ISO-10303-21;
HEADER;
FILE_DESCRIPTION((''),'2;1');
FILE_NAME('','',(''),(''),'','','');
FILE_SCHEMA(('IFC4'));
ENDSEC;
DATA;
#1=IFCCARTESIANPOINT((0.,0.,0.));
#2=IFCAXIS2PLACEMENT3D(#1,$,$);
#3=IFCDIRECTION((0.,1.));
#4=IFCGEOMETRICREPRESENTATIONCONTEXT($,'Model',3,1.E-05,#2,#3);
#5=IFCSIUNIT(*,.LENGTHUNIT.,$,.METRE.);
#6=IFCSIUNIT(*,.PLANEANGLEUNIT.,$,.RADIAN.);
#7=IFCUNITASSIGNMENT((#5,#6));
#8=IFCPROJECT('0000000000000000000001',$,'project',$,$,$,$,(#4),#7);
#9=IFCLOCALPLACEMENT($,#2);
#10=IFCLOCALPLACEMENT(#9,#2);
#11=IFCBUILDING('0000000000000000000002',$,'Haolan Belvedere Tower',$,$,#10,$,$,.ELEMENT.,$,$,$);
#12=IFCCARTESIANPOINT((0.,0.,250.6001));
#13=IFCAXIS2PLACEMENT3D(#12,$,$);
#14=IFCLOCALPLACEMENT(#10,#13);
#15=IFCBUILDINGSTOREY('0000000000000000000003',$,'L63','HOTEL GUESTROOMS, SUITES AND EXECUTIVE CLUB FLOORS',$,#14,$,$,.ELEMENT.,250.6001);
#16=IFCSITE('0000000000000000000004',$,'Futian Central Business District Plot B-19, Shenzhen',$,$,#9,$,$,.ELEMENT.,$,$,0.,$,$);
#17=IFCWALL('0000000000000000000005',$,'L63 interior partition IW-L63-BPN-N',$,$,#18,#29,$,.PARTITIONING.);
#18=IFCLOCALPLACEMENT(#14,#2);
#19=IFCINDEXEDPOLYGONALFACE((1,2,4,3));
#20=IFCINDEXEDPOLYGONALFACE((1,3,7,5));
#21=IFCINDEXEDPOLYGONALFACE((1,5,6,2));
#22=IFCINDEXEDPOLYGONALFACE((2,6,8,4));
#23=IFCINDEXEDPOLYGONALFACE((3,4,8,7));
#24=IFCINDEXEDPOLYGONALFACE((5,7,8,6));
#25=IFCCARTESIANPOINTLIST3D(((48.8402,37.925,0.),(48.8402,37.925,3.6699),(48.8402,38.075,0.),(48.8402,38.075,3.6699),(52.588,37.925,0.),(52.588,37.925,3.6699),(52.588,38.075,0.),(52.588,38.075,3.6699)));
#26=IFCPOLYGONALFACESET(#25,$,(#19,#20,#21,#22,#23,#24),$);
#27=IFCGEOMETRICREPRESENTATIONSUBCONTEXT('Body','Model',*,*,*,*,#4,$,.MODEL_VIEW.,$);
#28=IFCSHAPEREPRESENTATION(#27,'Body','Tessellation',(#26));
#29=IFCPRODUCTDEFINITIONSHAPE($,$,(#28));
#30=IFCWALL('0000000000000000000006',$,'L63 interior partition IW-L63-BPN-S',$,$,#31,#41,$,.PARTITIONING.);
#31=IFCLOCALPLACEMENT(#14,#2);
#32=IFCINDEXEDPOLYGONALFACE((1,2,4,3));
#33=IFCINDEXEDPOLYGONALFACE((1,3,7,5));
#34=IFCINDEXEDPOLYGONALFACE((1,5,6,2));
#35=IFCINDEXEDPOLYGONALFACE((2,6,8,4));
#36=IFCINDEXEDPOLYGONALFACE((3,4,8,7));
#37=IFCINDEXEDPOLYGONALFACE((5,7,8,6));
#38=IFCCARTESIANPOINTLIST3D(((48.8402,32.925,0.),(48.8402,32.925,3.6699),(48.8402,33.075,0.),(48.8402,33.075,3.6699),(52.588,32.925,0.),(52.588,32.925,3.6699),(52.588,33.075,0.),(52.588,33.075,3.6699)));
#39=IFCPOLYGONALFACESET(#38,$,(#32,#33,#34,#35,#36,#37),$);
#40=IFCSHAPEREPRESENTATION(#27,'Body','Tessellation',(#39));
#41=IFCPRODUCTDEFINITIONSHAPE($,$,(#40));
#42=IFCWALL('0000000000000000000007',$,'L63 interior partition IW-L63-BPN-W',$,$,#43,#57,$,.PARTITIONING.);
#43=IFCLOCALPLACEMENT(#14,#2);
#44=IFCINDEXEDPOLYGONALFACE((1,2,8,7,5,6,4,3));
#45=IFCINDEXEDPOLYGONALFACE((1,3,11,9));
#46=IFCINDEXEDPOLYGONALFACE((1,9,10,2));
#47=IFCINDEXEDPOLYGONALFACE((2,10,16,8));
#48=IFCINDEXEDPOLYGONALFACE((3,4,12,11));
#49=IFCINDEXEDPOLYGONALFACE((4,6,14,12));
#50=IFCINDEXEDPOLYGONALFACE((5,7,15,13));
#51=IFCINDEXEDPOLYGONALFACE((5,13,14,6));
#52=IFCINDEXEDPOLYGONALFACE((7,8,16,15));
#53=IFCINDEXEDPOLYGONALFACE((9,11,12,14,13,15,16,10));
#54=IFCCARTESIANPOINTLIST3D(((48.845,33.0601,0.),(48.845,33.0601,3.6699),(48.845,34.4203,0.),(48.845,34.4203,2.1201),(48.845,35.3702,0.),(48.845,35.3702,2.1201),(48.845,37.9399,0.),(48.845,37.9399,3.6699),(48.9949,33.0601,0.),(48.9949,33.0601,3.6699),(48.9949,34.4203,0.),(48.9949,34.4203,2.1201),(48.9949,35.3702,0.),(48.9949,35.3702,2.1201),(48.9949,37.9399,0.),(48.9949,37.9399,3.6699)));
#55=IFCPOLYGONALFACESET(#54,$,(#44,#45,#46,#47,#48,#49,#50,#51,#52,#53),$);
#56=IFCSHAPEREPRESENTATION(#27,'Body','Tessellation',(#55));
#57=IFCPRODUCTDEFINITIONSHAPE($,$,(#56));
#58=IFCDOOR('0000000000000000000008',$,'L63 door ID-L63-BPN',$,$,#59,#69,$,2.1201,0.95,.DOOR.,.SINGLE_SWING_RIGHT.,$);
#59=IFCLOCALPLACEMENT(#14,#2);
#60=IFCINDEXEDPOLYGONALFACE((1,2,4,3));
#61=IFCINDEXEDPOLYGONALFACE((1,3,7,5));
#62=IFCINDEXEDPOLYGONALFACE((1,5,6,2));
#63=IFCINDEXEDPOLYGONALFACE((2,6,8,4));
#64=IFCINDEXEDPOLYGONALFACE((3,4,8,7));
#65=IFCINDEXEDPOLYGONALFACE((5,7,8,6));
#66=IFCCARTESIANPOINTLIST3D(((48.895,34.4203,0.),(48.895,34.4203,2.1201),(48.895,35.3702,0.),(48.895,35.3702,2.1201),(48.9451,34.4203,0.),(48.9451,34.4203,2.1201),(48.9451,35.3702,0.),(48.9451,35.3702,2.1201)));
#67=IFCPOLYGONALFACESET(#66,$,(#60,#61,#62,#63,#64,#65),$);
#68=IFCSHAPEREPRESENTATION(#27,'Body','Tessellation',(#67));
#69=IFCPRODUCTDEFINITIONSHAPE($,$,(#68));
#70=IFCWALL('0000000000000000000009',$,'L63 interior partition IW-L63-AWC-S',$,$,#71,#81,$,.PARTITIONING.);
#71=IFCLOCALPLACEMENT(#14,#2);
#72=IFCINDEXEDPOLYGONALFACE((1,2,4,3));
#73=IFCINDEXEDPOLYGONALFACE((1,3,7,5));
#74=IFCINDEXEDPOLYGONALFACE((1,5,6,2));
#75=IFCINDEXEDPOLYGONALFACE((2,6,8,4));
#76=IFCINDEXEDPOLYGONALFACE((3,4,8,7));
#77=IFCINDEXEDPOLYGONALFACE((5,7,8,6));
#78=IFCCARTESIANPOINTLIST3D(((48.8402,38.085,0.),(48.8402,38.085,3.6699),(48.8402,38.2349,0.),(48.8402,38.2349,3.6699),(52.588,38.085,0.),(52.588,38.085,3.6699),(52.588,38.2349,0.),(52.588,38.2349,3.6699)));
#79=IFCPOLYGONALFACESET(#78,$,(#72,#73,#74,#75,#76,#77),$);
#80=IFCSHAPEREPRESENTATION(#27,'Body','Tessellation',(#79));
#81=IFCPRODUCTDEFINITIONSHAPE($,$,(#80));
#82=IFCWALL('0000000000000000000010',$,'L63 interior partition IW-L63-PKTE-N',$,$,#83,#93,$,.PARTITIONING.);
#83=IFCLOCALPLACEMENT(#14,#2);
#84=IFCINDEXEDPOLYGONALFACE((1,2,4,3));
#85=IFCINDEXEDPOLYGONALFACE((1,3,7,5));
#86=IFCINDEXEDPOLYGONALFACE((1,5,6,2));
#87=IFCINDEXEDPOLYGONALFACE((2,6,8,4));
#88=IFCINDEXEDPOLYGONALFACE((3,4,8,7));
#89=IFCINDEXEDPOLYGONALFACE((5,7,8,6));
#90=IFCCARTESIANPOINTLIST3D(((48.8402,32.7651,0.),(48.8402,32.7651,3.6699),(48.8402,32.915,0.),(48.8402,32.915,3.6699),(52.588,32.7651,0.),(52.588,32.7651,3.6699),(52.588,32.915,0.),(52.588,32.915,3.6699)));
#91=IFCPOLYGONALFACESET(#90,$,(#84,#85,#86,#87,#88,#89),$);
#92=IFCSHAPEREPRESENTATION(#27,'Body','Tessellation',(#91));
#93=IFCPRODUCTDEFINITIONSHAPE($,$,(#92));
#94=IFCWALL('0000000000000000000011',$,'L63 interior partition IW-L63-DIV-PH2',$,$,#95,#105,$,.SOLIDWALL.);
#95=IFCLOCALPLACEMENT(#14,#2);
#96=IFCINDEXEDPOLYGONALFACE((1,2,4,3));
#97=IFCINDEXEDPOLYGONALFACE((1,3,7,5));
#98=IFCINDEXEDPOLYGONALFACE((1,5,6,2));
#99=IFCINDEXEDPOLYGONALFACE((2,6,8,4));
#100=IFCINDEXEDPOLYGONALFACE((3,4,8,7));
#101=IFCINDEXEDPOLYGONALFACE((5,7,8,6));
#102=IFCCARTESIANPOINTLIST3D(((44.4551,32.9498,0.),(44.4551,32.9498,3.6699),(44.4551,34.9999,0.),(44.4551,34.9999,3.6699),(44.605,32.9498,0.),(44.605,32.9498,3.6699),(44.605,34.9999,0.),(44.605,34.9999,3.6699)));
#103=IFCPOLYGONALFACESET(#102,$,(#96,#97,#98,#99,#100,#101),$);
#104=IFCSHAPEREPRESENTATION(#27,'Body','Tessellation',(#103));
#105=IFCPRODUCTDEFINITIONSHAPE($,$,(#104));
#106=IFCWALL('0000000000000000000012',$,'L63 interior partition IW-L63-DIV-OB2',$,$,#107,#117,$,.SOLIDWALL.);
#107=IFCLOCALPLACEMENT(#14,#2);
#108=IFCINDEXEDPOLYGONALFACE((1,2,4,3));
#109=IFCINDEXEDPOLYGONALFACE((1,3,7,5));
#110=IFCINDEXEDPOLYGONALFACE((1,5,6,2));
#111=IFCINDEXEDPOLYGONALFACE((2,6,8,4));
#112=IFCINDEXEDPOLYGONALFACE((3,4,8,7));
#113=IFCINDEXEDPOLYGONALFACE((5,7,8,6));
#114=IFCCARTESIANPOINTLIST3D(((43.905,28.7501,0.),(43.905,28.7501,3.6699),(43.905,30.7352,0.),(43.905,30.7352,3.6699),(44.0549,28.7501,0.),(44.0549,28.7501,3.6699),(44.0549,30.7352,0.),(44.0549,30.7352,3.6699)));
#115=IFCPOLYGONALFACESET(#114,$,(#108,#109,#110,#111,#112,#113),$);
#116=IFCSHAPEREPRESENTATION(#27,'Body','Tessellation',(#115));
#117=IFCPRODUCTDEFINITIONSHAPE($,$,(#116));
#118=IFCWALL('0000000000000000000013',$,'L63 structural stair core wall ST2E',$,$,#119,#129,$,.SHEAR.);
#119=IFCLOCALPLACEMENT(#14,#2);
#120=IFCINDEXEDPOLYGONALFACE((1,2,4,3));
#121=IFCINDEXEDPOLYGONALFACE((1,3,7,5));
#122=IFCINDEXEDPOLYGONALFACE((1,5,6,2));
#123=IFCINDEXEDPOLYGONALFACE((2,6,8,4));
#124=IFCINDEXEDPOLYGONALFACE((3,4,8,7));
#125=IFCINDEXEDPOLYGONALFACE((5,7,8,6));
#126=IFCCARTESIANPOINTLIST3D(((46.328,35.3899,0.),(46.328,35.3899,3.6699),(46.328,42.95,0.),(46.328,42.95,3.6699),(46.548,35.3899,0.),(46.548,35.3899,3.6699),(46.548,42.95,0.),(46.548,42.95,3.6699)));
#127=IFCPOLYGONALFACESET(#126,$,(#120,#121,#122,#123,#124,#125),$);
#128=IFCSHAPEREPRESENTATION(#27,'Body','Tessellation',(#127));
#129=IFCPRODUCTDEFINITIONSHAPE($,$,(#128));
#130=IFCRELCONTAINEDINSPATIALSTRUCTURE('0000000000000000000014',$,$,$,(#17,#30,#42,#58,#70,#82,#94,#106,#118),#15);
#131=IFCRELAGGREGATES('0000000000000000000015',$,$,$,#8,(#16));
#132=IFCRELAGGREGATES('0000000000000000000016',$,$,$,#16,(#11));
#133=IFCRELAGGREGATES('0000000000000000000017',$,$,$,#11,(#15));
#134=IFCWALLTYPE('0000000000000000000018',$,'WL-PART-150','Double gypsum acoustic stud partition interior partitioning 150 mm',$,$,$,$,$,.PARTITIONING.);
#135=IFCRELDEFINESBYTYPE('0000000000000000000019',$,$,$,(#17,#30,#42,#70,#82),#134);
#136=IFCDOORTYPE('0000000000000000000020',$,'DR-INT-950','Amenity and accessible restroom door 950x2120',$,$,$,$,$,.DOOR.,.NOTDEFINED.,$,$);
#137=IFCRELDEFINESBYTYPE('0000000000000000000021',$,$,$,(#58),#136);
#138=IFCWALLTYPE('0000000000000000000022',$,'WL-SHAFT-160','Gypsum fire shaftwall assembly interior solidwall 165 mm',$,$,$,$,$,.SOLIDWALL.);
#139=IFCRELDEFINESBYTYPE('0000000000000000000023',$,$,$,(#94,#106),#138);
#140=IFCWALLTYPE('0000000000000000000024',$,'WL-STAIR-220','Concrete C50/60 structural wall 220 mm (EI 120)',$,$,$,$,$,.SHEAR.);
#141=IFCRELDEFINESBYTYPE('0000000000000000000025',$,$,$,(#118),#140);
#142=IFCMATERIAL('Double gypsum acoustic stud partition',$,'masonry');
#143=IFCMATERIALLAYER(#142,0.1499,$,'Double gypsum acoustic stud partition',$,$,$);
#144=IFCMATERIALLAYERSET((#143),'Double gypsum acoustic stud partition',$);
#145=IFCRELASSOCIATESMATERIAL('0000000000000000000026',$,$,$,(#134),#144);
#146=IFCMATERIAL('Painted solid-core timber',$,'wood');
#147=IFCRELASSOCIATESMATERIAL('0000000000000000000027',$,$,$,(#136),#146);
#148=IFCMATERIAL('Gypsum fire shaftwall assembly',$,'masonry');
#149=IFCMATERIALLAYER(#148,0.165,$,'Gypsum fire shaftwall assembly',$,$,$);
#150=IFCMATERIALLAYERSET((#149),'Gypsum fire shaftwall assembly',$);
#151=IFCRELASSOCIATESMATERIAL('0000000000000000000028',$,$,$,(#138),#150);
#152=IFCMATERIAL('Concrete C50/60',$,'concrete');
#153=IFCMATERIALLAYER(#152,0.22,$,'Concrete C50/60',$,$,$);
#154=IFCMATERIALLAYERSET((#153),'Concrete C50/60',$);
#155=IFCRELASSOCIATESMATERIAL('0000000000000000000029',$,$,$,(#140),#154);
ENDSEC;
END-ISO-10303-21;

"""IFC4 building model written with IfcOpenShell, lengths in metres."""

from ifc_helpers import new_model, si_unit, direction, frame, frame_2d, origin, place, context, subcontext, project, spatial, rectangle, extrude, material, layer, layer_set, type_object, element, fill, save


model = new_model("IFC4")

# Units and contexts
model_context = context("Model", 3, precision=1e-05, world=origin(), true_north=direction((0.0, 1.0)))
body_context = subcontext(model_context, "Body", "Model", "MODEL_VIEW")
ifc_project = project(units=[si_unit("LENGTHUNIT", "METRE"), si_unit("PLANEANGLEUNIT", "RADIAN")], contexts=[model_context])

# Site, building, storey
site_placement = place(None, origin())
site = spatial("IfcSite", under=ifc_project, at=site_placement, Name="Futian Central Business District Plot B-19, Shenzhen", CompositionType="ELEMENT", RefElevation=0.0)
building_placement = place(site_placement, origin())
building = spatial("IfcBuilding", under=site, at=building_placement, Name="Haolan Belvedere Tower", CompositionType="ELEMENT")
storey_placement = place(building_placement, frame((0.0, 0.0, 250.6001)))
storey = spatial("IfcBuildingStorey", under=building, at=storey_placement, Name="L63", Description="HOTEL GUESTROOMS, SUITES AND EXECUTIVE CLUB FLOORS", CompositionType="ELEMENT", Elevation=250.6001)

# Shared definitions
ifc_material_1 = material(Name="Concrete C50/60", Category="concrete")

# Walls
ifc_material_2 = material(Name="Double gypsum acoustic stud partition", Category="masonry")
ifc_layer_1 = layer(ifc_material_2, 0.1499, Name="Double gypsum acoustic stud partition")
ifc_layer_set_1 = layer_set([ifc_layer_1], Name="Double gypsum acoustic stud partition")
wall_type_1 = type_object("IfcWallType", Name="WL-PART-150", Description="Double gypsum acoustic stud partition interior partitioning 150 mm", PredefinedType="PARTITIONING", material=ifc_layer_set_1)
for number, where, z_axis, x_axis, name in (
    (1, (48.8401, 38.0, 0.0), (0.0, 0.0, 1.0), (1.0, 0.0, 0.0), "L63 interior partition IW-L63-BPN-N"),
    (2, (48.8401, 33.0, 0.0), (0.0, 0.0, 1.0), (1.0, 0.0, 0.0), "L63 interior partition IW-L63-BPN-S"),
):
    element("IfcWall", number, at=place(storey_placement, frame(where, z_axis=z_axis, x_axis=x_axis)), inside=storey, type_object=wall_type_1, Name=name, PredefinedType="PARTITIONING", context=body_context, shape_type="SweptSolid", body=[
        extrude(rectangle(XDim=3.7478, YDim=0.1499, at=frame_2d((1.874, 0.0))), origin(), (0.0, 0.0, 1.0), 3.6699),
    ])

# Wall, opening, door
wall_1_placement = place(storey_placement, frame((48.9199, 33.0601, 0.0), z_axis=(0.0, 0.0, 1.0), x_axis=(0.0, 1.0, 0.0)))
wall_1 = element("IfcWall", 3, at=wall_1_placement, inside=storey, type_object=wall_type_1, Name="L63 interior partition IW-L63-BPN-W", PredefinedType="PARTITIONING", context=body_context, shape_type="SweptSolid", body=[
    extrude(rectangle(XDim=4.8799, YDim=0.1499, at=frame_2d((2.4399, 0.0))), origin(), (0.0, 0.0, 1.0), 3.6699),
])
opening_1_placement = place(wall_1_placement, frame((1.3601, 0.0, 0.0)))
opening_1 = element("IfcOpeningElement", 4, at=opening_1_placement, cuts=wall_1, PredefinedType="OPENING", context=body_context, shape_type="SweptSolid", body=[
    extrude(rectangle(XDim=0.95, YDim=2.1201, at=frame_2d((0.4751, 1.0601))), frame((0.0, 0.085, 0.0), z_axis=(0.0, -1.0, 0.0), x_axis=(1.0, 0.0, 0.0)), (0.0, 0.0, 1.0), 0.1699),
])
ifc_material_3 = material(Name="Painted solid-core timber", Category="wood")
door_type = type_object("IfcDoorType", Name="DR-INT-950", Description="Amenity and accessible restroom door 950x2120", OperationType="NOTDEFINED", PredefinedType="DOOR", material=ifc_material_3)
door_1_placement = place(opening_1_placement, origin())
door_1 = element("IfcDoor", 5, at=door_1_placement, inside=storey, type_object=door_type, Name="L63 door ID-L63-BPN", OperationType="SINGLE_SWING_RIGHT", OverallHeight=2.1201, OverallWidth=0.95, PredefinedType="DOOR", context=body_context, shape_type="SweptSolid", body=[
    extrude(rectangle(XDim=0.95, YDim=2.1201, at=frame_2d((0.4751, 1.0601))), frame((0.0, 0.0249, 0.0), z_axis=(0.0, -1.0, 0.0), x_axis=(1.0, 0.0, 0.0)), (0.0, 0.0, 1.0), 0.05),
])
fill(opening_1, door_1)

# Wall
wall_2_placement = place(storey_placement, frame((48.8401, 38.1599, 0.0), z_axis=(0.0, 0.0, 1.0), x_axis=(1.0, 0.0, 0.0)))
element("IfcWall", 6, at=wall_2_placement, inside=storey, type_object=wall_type_1, Name="L63 interior partition IW-L63-AWC-S", PredefinedType="PARTITIONING", context=body_context, shape_type="SweptSolid", body=[
    extrude(rectangle(XDim=3.7478, YDim=0.1499, at=frame_2d((1.874, 0.0))), origin(), (0.0, 0.0, 1.0), 3.6699),
])

# Walls
wall_3_placement = place(storey_placement, frame((48.8401, 32.8401, 0.0), z_axis=(0.0, 0.0, 1.0), x_axis=(1.0, 0.0, 0.0)))
element("IfcWall", 7, at=wall_3_placement, inside=storey, type_object=wall_type_1, Name="L63 interior partition IW-L63-PKTE-N", PredefinedType="PARTITIONING", context=body_context, shape_type="SweptSolid", body=[
    extrude(rectangle(XDim=3.7478, YDim=0.1499, at=frame_2d((1.874, 0.0))), origin(), (0.0, 0.0, 1.0), 3.6699),
])
ifc_material_4 = material(Name="Gypsum fire shaftwall assembly", Category="masonry")
ifc_layer_2 = layer(ifc_material_4, 0.165, Name="Gypsum fire shaftwall assembly")
ifc_layer_set_2 = layer_set([ifc_layer_2], Name="Gypsum fire shaftwall assembly")
wall_type_2 = type_object("IfcWallType", Name="WL-SHAFT-160", Description="Gypsum fire shaftwall assembly interior solidwall 165 mm", PredefinedType="SOLIDWALL", material=ifc_layer_set_2)
wall_4_placement = place(storey_placement, frame((44.53, 32.95, 0.0), z_axis=(0.0, 0.0, 1.0), x_axis=(0.0, 1.0, 0.0)))
element("IfcWall", 8, at=wall_4_placement, inside=storey, type_object=wall_type_2, Name="L63 interior partition IW-L63-DIV-PH2", PredefinedType="SOLIDWALL", context=body_context, shape_type="SweptSolid", body=[
    extrude(rectangle(XDim=2.05, YDim=0.1499, at=frame_2d((1.0249, 0.0))), origin(), (0.0, 0.0, 1.0), 3.6699),
])
wall_5_placement = place(storey_placement, frame((43.98, 28.75, 0.0), z_axis=(0.0, 0.0, 1.0), x_axis=(0.0, 1.0, 0.0)))
element("IfcWall", 9, at=wall_5_placement, inside=storey, type_object=wall_type_2, Name="L63 interior partition IW-L63-DIV-OB2", PredefinedType="SOLIDWALL", context=body_context, shape_type="SweptSolid", body=[
    extrude(rectangle(XDim=1.9851, YDim=0.1499, at=frame_2d((0.9927, 0.0))), origin(), (0.0, 0.0, 1.0), 3.6699),
])
ifc_layer_3 = layer(ifc_material_1, 0.22, Name="Concrete C50/60")
ifc_layer_set_3 = layer_set([ifc_layer_3], Name="Concrete C50/60")
wall_type_3 = type_object("IfcWallType", Name="WL-STAIR-220", Description="Concrete C50/60 structural wall 220 mm (EI 120)", PredefinedType="SHEAR", material=ifc_layer_set_3)
wall_6_placement = place(storey_placement, frame((46.438, 35.3899, 0.0), z_axis=(0.0, 0.0, 1.0), x_axis=(0.0, 1.0, 0.0)))
element("IfcWall", 10, at=wall_6_placement, inside=storey, type_object=wall_type_3, Name="L63 structural stair core wall ST2E", PredefinedType="SHEAR", context=body_context, shape_type="SweptSolid", body=[
    extrude(rectangle(XDim=7.5601, YDim=0.22, at=frame_2d((3.78, 0.0))), origin(), (0.0, 0.0, 1.0), 3.6699),
])

save(model, "model.ifc")
